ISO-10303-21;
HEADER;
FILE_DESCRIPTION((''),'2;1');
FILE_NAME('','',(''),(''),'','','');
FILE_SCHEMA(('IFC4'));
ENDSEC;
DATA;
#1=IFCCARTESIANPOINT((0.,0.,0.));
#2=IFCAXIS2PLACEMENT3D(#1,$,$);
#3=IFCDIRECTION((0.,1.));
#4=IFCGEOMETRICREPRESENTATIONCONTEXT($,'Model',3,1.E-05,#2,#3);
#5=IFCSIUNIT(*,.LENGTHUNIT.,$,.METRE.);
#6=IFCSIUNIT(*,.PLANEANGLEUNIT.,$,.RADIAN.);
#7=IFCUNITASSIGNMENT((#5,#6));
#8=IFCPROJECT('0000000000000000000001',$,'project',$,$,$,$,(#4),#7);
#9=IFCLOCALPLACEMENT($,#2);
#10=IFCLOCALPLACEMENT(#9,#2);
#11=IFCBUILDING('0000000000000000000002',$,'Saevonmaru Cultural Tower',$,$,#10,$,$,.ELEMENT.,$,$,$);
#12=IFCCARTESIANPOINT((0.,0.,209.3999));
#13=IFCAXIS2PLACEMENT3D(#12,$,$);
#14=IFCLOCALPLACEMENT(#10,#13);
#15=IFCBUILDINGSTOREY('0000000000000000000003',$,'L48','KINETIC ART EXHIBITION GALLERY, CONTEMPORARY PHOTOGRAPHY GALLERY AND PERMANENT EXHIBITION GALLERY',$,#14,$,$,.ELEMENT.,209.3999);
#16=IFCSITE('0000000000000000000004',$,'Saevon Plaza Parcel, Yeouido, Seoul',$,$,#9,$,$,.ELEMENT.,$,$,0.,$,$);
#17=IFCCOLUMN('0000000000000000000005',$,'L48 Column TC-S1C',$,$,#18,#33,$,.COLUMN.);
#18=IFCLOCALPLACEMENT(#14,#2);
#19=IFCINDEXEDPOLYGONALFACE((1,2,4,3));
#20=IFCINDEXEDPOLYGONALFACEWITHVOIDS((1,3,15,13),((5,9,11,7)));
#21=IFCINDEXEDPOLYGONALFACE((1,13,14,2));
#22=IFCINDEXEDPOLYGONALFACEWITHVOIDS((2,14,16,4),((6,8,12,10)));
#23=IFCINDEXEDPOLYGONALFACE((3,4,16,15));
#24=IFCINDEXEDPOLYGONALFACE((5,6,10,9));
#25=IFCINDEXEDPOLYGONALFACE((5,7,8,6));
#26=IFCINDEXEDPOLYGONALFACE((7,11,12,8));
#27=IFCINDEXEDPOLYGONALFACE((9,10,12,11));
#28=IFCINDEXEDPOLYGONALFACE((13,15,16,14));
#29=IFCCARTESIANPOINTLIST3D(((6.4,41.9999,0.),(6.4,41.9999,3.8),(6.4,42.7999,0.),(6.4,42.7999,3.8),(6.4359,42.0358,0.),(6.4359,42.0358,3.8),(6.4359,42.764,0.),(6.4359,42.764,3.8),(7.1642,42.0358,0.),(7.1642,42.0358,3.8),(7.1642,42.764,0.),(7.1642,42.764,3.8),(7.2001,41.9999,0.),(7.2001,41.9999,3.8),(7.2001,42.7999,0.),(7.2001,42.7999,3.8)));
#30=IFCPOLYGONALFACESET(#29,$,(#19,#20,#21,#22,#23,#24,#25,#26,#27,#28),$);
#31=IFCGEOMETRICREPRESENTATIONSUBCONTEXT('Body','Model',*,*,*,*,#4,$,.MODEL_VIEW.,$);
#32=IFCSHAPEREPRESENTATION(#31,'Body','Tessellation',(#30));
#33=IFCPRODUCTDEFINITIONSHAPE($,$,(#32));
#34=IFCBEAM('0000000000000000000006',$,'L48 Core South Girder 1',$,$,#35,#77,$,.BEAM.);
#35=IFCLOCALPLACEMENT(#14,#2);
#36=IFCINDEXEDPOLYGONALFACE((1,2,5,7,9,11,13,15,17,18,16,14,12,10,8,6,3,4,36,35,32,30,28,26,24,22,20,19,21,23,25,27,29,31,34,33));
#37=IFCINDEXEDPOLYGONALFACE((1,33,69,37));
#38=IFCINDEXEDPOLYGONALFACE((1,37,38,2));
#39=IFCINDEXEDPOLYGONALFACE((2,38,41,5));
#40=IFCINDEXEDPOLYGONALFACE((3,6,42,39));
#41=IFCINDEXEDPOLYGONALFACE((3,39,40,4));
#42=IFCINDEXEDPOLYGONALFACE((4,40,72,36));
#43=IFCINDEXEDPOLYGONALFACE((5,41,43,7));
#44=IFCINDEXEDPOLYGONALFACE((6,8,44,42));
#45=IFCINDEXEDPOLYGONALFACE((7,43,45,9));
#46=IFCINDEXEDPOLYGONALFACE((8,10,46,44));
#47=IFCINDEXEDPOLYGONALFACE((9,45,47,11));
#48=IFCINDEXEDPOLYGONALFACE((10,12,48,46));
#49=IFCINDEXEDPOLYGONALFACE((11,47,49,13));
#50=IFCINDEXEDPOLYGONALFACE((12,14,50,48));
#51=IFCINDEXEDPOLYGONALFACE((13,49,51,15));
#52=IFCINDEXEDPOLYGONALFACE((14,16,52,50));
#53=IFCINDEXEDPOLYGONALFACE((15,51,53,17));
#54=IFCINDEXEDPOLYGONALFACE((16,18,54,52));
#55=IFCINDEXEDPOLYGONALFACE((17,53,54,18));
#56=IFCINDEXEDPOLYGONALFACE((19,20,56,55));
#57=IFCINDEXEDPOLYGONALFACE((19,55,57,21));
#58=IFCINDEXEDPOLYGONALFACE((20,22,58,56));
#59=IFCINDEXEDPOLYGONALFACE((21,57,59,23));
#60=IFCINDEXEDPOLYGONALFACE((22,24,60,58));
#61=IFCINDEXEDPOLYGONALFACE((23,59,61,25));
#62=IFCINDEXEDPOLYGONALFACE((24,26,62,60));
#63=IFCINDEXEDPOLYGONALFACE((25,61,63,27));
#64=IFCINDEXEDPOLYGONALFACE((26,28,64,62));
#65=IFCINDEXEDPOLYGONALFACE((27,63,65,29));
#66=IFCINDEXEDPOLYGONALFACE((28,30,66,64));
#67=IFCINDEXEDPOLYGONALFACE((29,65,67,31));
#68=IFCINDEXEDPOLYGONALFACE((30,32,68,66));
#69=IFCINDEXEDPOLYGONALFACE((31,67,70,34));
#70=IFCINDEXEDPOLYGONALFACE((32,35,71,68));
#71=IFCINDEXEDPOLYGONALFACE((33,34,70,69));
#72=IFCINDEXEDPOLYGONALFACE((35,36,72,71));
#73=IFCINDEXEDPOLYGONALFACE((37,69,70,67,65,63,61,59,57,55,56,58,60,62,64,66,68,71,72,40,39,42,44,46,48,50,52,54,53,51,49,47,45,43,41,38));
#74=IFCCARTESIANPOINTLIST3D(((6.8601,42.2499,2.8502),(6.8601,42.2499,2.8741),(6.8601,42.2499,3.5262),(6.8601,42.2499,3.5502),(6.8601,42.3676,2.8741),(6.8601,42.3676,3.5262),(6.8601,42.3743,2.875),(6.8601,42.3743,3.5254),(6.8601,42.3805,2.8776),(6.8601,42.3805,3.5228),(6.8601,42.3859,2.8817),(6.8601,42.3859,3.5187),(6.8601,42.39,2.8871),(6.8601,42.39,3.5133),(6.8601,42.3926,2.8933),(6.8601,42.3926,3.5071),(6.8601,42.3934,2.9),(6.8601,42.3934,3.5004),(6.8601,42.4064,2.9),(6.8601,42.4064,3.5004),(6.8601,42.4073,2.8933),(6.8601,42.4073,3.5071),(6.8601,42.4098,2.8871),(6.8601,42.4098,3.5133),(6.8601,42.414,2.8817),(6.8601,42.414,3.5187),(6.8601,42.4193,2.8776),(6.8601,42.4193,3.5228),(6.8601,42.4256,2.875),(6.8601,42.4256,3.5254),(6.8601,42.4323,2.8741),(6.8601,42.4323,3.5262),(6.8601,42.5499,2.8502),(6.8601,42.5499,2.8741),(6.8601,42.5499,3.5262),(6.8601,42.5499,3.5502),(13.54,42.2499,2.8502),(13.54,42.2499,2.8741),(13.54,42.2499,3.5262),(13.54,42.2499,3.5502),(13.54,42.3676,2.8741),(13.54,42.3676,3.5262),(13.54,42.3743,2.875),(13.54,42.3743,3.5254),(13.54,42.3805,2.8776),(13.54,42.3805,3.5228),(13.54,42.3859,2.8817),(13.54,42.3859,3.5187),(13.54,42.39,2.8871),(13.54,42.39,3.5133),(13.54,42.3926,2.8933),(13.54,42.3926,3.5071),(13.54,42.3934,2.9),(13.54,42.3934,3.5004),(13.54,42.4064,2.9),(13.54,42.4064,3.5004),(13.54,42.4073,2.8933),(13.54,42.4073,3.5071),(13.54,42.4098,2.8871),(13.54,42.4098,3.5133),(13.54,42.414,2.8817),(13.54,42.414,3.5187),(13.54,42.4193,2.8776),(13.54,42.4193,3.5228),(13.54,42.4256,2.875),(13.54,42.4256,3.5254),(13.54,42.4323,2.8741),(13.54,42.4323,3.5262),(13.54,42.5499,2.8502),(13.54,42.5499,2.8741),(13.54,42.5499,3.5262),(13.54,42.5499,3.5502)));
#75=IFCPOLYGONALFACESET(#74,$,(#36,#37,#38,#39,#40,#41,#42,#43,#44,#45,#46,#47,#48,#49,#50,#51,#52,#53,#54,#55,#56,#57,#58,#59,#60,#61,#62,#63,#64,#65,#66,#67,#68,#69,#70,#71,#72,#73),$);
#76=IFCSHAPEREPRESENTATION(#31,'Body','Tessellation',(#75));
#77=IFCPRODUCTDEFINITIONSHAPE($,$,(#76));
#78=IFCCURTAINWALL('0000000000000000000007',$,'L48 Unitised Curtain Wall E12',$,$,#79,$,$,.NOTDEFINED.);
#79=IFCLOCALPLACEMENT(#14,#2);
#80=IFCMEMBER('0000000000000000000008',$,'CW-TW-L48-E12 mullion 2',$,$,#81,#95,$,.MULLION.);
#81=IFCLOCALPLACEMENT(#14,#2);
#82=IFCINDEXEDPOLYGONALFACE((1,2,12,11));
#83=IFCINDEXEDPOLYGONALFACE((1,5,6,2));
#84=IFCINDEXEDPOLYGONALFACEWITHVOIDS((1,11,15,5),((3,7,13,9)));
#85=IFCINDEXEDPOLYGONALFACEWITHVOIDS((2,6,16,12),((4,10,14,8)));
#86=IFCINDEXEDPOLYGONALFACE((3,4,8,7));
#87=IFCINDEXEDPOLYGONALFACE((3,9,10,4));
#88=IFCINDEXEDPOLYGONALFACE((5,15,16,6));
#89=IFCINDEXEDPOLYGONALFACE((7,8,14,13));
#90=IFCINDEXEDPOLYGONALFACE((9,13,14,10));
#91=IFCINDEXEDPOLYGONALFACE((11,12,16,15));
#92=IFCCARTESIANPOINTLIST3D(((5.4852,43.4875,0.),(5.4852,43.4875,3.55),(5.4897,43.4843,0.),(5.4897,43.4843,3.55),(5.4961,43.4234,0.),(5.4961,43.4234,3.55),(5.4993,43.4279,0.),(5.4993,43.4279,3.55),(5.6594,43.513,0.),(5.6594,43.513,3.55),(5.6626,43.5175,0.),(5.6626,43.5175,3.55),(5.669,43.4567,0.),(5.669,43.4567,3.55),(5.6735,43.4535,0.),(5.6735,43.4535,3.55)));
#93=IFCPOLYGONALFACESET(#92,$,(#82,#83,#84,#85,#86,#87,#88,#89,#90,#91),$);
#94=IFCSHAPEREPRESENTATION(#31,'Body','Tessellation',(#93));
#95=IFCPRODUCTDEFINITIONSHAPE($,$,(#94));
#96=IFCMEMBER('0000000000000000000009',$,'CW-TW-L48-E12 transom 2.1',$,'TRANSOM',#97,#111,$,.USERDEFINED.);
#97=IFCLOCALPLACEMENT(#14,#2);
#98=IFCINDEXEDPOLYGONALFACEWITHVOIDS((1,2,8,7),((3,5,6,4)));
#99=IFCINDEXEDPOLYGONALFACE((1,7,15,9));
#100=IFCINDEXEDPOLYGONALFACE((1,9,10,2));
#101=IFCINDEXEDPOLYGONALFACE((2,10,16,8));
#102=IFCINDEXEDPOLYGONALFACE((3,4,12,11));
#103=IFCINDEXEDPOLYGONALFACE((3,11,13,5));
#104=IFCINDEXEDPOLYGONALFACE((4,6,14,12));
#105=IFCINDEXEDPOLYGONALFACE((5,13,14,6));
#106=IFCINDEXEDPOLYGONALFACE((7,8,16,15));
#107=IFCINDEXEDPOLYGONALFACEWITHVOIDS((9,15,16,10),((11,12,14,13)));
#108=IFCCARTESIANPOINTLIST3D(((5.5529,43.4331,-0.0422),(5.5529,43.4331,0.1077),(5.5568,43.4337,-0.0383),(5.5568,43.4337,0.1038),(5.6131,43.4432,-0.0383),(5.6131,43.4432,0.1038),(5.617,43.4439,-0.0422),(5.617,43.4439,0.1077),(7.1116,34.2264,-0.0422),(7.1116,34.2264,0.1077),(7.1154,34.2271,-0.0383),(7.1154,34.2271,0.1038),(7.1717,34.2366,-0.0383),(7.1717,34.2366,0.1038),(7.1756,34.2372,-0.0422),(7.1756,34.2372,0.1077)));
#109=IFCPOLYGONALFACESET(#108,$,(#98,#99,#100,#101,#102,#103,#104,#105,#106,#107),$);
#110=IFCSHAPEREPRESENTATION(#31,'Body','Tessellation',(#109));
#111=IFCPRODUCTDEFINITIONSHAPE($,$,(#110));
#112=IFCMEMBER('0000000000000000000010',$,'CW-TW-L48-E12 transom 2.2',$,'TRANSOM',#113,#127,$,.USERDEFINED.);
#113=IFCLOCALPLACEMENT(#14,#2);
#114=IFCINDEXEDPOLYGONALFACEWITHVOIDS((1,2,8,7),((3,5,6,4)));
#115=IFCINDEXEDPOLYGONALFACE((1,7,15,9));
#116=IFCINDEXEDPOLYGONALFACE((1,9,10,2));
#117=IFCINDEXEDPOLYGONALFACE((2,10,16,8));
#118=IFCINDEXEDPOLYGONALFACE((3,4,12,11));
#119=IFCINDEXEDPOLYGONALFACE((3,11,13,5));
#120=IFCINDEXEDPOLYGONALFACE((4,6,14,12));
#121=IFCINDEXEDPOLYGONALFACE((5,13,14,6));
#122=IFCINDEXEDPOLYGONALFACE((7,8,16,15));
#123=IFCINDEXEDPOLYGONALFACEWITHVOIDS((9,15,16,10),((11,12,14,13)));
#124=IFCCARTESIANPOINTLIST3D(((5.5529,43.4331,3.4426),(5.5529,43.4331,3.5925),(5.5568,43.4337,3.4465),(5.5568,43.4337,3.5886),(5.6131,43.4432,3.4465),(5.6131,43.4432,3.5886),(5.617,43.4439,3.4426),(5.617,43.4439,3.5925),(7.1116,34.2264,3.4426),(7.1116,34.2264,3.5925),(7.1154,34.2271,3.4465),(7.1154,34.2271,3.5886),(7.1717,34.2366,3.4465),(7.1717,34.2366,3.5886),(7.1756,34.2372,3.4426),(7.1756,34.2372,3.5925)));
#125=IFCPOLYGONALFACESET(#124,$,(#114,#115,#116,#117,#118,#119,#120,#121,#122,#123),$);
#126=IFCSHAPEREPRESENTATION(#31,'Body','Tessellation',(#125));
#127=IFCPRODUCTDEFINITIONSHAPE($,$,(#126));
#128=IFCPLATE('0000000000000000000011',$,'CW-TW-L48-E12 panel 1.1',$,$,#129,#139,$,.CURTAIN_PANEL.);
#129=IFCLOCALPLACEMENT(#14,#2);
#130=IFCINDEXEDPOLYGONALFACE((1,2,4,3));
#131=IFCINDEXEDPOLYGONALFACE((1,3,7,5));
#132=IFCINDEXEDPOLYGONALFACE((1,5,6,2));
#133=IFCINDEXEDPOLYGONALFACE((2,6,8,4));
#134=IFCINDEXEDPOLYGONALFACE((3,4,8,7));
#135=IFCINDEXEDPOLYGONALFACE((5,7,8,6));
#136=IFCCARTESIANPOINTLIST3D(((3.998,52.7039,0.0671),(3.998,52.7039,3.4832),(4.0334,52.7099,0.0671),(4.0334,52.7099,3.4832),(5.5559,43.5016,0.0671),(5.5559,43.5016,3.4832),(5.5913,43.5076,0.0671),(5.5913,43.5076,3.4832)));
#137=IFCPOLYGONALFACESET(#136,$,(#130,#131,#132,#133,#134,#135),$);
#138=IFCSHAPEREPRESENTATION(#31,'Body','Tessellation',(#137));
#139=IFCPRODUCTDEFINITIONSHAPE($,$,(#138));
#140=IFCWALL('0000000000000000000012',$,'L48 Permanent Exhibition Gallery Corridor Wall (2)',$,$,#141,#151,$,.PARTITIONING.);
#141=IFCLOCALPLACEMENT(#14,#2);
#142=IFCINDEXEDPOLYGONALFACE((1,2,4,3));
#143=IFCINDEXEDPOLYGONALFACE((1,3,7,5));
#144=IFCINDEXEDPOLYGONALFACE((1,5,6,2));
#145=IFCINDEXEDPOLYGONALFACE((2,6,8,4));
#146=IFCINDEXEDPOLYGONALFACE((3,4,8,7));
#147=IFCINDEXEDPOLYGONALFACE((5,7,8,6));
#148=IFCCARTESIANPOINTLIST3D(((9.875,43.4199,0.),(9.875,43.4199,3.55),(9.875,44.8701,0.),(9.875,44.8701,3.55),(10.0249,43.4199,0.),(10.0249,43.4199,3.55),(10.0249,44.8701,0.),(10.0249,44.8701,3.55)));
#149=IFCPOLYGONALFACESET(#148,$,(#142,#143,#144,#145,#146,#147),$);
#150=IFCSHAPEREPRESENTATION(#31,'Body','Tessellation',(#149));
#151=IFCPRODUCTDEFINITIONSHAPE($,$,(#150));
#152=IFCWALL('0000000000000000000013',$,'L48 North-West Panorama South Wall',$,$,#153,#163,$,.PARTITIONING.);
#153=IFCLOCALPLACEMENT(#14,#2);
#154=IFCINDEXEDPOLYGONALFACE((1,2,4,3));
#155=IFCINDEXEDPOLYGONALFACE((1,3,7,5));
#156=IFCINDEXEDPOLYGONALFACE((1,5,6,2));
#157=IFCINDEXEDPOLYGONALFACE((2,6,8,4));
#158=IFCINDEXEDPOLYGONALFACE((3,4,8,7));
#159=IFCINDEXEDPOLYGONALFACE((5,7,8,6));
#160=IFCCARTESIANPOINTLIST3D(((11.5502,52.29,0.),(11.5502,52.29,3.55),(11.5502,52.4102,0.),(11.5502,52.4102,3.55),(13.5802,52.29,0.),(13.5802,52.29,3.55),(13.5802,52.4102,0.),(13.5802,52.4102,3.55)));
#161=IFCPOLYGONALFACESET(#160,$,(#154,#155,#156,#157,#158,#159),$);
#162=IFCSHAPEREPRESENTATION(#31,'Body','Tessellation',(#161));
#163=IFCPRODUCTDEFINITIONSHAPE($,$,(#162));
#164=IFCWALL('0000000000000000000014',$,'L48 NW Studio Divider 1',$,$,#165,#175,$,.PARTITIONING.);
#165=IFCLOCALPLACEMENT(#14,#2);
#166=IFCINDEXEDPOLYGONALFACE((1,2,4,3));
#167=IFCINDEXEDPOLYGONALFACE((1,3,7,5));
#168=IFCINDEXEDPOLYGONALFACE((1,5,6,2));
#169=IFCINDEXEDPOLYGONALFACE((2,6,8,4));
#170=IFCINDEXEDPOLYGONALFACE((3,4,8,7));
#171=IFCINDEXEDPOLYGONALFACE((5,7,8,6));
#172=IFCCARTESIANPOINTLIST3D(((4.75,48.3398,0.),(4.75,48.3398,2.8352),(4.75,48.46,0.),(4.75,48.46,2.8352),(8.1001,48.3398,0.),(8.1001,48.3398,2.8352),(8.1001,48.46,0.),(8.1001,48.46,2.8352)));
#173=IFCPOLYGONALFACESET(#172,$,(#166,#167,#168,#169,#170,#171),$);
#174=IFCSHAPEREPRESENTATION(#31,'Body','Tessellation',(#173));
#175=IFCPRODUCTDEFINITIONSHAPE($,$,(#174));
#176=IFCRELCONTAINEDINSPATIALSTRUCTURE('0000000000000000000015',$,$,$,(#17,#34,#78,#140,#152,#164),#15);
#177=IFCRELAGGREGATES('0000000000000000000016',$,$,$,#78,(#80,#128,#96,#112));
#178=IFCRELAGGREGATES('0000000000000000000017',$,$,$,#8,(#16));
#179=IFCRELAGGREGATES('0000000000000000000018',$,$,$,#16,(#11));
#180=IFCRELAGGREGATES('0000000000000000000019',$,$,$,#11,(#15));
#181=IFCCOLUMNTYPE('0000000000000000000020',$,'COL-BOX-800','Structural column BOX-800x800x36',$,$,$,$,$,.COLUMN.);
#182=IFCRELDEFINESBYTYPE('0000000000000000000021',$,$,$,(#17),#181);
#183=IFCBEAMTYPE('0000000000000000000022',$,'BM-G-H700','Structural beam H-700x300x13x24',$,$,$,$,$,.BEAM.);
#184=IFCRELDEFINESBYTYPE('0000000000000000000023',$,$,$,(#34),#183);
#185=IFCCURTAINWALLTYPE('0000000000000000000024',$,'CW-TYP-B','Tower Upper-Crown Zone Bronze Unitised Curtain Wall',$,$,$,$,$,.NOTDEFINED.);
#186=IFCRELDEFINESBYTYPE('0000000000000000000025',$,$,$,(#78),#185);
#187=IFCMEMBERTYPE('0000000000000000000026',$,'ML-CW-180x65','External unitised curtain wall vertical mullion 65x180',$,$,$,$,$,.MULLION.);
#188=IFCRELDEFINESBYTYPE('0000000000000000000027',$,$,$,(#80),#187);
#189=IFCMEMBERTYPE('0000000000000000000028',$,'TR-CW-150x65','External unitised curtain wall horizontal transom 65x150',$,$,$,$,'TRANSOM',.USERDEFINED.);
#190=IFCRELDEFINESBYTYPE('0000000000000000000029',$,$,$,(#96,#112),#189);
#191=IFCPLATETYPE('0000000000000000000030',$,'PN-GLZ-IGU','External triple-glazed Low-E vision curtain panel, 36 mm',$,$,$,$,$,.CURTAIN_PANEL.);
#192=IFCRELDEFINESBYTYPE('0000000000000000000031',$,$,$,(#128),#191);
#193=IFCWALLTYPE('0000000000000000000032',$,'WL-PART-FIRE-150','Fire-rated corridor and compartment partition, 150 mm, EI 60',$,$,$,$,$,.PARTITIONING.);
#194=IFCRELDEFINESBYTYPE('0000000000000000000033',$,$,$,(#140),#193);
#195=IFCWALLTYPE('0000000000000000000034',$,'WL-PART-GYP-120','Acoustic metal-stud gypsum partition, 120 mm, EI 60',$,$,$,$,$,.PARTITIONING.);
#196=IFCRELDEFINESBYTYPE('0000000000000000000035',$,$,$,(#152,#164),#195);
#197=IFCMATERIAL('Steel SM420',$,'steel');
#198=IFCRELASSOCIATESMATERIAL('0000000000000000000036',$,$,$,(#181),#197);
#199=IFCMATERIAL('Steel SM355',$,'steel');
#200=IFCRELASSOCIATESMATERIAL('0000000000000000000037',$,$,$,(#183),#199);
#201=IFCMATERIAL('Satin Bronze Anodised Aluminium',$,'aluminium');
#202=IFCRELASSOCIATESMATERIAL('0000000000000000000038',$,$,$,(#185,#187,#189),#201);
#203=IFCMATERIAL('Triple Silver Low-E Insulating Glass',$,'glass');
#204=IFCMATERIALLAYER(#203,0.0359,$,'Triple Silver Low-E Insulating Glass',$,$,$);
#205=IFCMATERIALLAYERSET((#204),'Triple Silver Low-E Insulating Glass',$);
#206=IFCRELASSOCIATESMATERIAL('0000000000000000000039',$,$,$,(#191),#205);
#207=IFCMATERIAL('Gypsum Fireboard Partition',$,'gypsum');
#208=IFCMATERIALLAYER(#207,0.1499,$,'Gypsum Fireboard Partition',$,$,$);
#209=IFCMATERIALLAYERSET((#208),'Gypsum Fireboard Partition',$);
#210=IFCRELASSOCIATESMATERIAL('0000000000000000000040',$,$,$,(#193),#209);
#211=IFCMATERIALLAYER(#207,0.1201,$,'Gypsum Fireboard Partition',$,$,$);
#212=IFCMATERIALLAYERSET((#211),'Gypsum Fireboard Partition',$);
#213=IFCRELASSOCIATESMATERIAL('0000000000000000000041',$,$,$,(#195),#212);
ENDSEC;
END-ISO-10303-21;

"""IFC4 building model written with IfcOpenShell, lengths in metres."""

from ifc_helpers import new_model, si_unit, direction, frame, frame_2d, origin, origin_2d, place, context, subcontext, project, spatial, rectangle, hollow_rectangle, i_section, extrude, material, layer, layer_set, material_profile, profile_set, type_object, element, aggregate, save


model = new_model("IFC4")

# Units and contexts
model_context = context("Model", 3, precision=1e-05, world=origin(), true_north=direction((0.0, 1.0)))
body_context = subcontext(model_context, "Body", "Model", "MODEL_VIEW")
ifc_project = project(units=[si_unit("LENGTHUNIT", "METRE"), si_unit("PLANEANGLEUNIT", "RADIAN")], contexts=[model_context])

# Site, building, storey
site_placement = place(None, origin())
site = spatial("IfcSite", under=ifc_project, at=site_placement, Name="Saevon Plaza Parcel, Yeouido, Seoul", CompositionType="ELEMENT", RefElevation=0.0)
building_placement = place(site_placement, origin())
building = spatial("IfcBuilding", under=site, at=building_placement, Name="Saevonmaru Cultural Tower", CompositionType="ELEMENT")
storey_placement = place(building_placement, frame((0.0, 0.0, 209.3999)))
storey = spatial("IfcBuildingStorey", under=building, at=storey_placement, Name="L48", Description="KINETIC ART EXHIBITION GALLERY, CONTEMPORARY PHOTOGRAPHY GALLERY AND PERMANENT EXHIBITION GALLERY", CompositionType="ELEMENT", Elevation=209.3999)

# Column
ifc_material_1 = material(Name="Steel SM420", Category="steel")
ifc_material_profile_1 = material_profile(ifc_material_1, hollow_rectangle(XDim=0.8, YDim=0.8, WallThickness=0.0359, at=origin_2d()), Name="BOX-800x800x36")
ifc_profile_set_1 = profile_set([ifc_material_profile_1], Name="Steel SM420")
column_type = type_object("IfcColumnType", Name="COL-BOX-800", Description="Structural column BOX-800x800x36", PredefinedType="COLUMN", material=ifc_profile_set_1)
column_placement = place(storey_placement, frame((6.8, 42.3999, 0.0), z_axis=(0.0, 0.0, 1.0), x_axis=(1.0, 0.0, 0.0)))
element("IfcColumn", 1, at=column_placement, inside=storey, type_object=column_type, Name="L48 Column TC-S1C", PredefinedType="COLUMN", context=body_context, shape_type="SweptSolid", body=[
    extrude(hollow_rectangle(XDim=0.8, YDim=0.8, WallThickness=0.0359, at=origin_2d()), origin(), (0.0, 0.0, 1.0), 3.8),
])

# Beam
ifc_material_2 = material(Name="Steel SM355", Category="steel")
ifc_material_profile_2 = material_profile(ifc_material_2, i_section(OverallWidth=0.3, OverallDepth=0.7, WebThickness=0.0129, FlangeThickness=0.0239, FilletRadius=0.0259, at=origin_2d()), Name="H-700x300x13x24")
ifc_profile_set_2 = profile_set([ifc_material_profile_2], Name="Steel SM355")
beam_type = type_object("IfcBeamType", Name="BM-G-H700", Description="Structural beam H-700x300x13x24", PredefinedType="BEAM", material=ifc_profile_set_2)
beam_placement = place(storey_placement, frame((6.8601, 42.3999, 3.2002), z_axis=(1.0, 0.0, 0.0), x_axis=(0.0, 1.0, 0.0)))
element("IfcBeam", 2, at=beam_placement, inside=storey, type_object=beam_type, Name="L48 Core South Girder 1", PredefinedType="BEAM", context=body_context, shape_type="SweptSolid", body=[
    extrude(i_section(OverallWidth=0.3, OverallDepth=0.7, WebThickness=0.0129, FlangeThickness=0.0239, FilletRadius=0.0259, at=origin_2d()), origin(), (0.0, 0.0, 1.0), 6.6799),
])

# Curtain wall, members, plate
ifc_material_3 = material(Name="Satin Bronze Anodised Aluminium", Category="aluminium")
curtain_wall_type = type_object("IfcCurtainWallType", Name="CW-TYP-B", Description="Tower Upper-Crown Zone Bronze Unitised Curtain Wall", PredefinedType="NOTDEFINED", material=ifc_material_3)
curtain_wall_placement = place(storey_placement, origin())
curtain_wall = element("IfcCurtainWall", 3, at=curtain_wall_placement, inside=storey, type_object=curtain_wall_type, Name="L48 Unitised Curtain Wall E12", PredefinedType="NOTDEFINED")
ifc_material_profile_3 = material_profile(ifc_material_3, hollow_rectangle(XDim=0.0649, YDim=0.1799, WallThickness=0.0039, at=origin_2d()), Name="ALU-MULL-180x65x4")
ifc_profile_set_3 = profile_set([ifc_material_profile_3], Name="Satin Bronze Anodised Aluminium")
member_type_1 = type_object("IfcMemberType", Name="ML-CW-180x65", Description="External unitised curtain wall vertical mullion 65x180", PredefinedType="MULLION", material=ifc_profile_set_3)
member_1_placement = place(storey_placement, frame((5.5793, 43.4705, 0.0), z_axis=(0.0, 0.0, 1.0), x_axis=(0.166922, -0.98597, 0.0)))
member_1 = element("IfcMember", 4, at=member_1_placement, type_object=member_type_1, Name="CW-TW-L48-E12 mullion 2", PredefinedType="MULLION", context=body_context, shape_type="SweptSolid", body=[
    extrude(hollow_rectangle(XDim=0.0649, YDim=0.1799, WallThickness=0.0039, at=origin_2d()), origin(), (0.0, 0.0, 1.0), 3.55),
])
ifc_material_profile_4 = material_profile(ifc_material_3, hollow_rectangle(XDim=0.0649, YDim=0.1499, WallThickness=0.0039, at=origin_2d()), Name="ALU-TRAN-150x65x4")
ifc_profile_set_4 = profile_set([ifc_material_profile_4], Name="Satin Bronze Anodised Aluminium")
member_type_2 = type_object("IfcMemberType", Name="TR-CW-150x65", Description="External unitised curtain wall horizontal transom 65x150", ElementType="TRANSOM", PredefinedType="USERDEFINED", material=ifc_profile_set_4)
member_2_placement = place(storey_placement, frame((5.585, 43.4385, 0.0327), z_axis=(0.166917, -0.985971, 0.0), x_axis=(0.985971, 0.166917, 0.0)))
member_2 = element("IfcMember", 5, at=member_2_placement, type_object=member_type_2, Name="CW-TW-L48-E12 transom 2.1", ObjectType="TRANSOM", PredefinedType="USERDEFINED", context=body_context, shape_type="SweptSolid", body=[
    extrude(hollow_rectangle(XDim=0.0649, YDim=0.1499, WallThickness=0.0039, at=origin_2d()), origin(), (0.0, 0.0, 1.0), 9.3376),
])
member_3_placement = place(storey_placement, frame((5.585, 43.4385, 3.5176), z_axis=(0.166917, -0.985971, 0.0), x_axis=(0.985971, 0.166917, 0.0)))
member_3 = element("IfcMember", 6, at=member_3_placement, type_object=member_type_2, Name="CW-TW-L48-E12 transom 2.2", ObjectType="TRANSOM", PredefinedType="USERDEFINED", context=body_context, shape_type="SweptSolid", body=[
    extrude(hollow_rectangle(XDim=0.0649, YDim=0.1499, WallThickness=0.0039, at=origin_2d()), origin(), (0.0, 0.0, 1.0), 9.3376),
])
ifc_material_4 = material(Name="Triple Silver Low-E Insulating Glass", Category="glass")
ifc_layer_1 = layer(ifc_material_4, 0.0359, Name="Triple Silver Low-E Insulating Glass")
ifc_layer_set_1 = layer_set([ifc_layer_1], Name="Triple Silver Low-E Insulating Glass")
plate_type = type_object("IfcPlateType", Name="PN-GLZ-IGU", Description="External triple-glazed Low-E vision curtain panel, 36 mm", PredefinedType="CURTAIN_PANEL", material=ifc_layer_set_1)
plate_placement = place(storey_placement, frame((4.7947, 48.1057, 0.0671), z_axis=(0.0, 0.0, 1.0), x_axis=(0.166922, -0.98597, 0.0)))
plate = element("IfcPlate", 7, at=plate_placement, type_object=plate_type, Name="CW-TW-L48-E12 panel 1.1", PredefinedType="CURTAIN_PANEL", context=body_context, shape_type="SweptSolid", body=[
    extrude(rectangle(XDim=9.3333, YDim=0.0359, at=origin_2d()), origin(), (0.0, 0.0, 1.0), 3.416),
])
aggregate(curtain_wall, [member_1, plate, member_2, member_3])

# Walls
ifc_material_5 = material(Name="Gypsum Fireboard Partition", Category="gypsum")
ifc_layer_2 = layer(ifc_material_5, 0.1499, Name="Gypsum Fireboard Partition")
ifc_layer_set_2 = layer_set([ifc_layer_2], Name="Gypsum Fireboard Partition")
wall_type_1 = type_object("IfcWallType", Name="WL-PART-FIRE-150", Description="Fire-rated corridor and compartment partition, 150 mm, EI 60", PredefinedType="PARTITIONING", material=ifc_layer_set_2)
wall_1_placement = place(storey_placement, frame((9.95, 43.4199, 0.0), z_axis=(0.0, 0.0, 1.0), x_axis=(0.0, 1.0, 0.0)))
element("IfcWall", 8, at=wall_1_placement, inside=storey, type_object=wall_type_1, Name="L48 Permanent Exhibition Gallery Corridor Wall (2)", PredefinedType="PARTITIONING", context=body_context, shape_type="SweptSolid", body=[
    extrude(rectangle(XDim=1.4502, YDim=0.1499, at=frame_2d((0.7251, 0.0))), origin(), (0.0, 0.0, 1.0), 3.55),
])
ifc_layer_3 = layer(ifc_material_5, 0.1201, Name="Gypsum Fireboard Partition")
ifc_layer_set_3 = layer_set([ifc_layer_3], Name="Gypsum Fireboard Partition")
wall_type_2 = type_object("IfcWallType", Name="WL-PART-GYP-120", Description="Acoustic metal-stud gypsum partition, 120 mm, EI 60", PredefinedType="PARTITIONING", material=ifc_layer_set_3)
wall_2_placement = place(storey_placement, frame((11.55, 52.3501, 0.0), z_axis=(0.0, 0.0, 1.0), x_axis=(1.0, 0.0, 0.0)))
element("IfcWall", 9, at=wall_2_placement, inside=storey, type_object=wall_type_2, Name="L48 North-West Panorama South Wall", PredefinedType="PARTITIONING", context=body_context, shape_type="SweptSolid", body=[
    extrude(rectangle(XDim=2.03, YDim=0.1201, at=frame_2d((1.0151, 0.0))), origin(), (0.0, 0.0, 1.0), 3.55),
])
wall_3_placement = place(storey_placement, frame((4.75, 48.3999, 0.0), z_axis=(0.0, 0.0, 1.0), x_axis=(1.0, 0.0, 0.0)))
element("IfcWall", 10, at=wall_3_placement, inside=storey, type_object=wall_type_2, Name="L48 NW Studio Divider 1", PredefinedType="PARTITIONING", context=body_context, shape_type="SweptSolid", body=[
    extrude(rectangle(XDim=3.3501, YDim=0.1201, at=frame_2d((1.675, 0.0))), origin(), (0.0, 0.0, 1.0), 2.8352),
])

save(model, "model.ifc")
